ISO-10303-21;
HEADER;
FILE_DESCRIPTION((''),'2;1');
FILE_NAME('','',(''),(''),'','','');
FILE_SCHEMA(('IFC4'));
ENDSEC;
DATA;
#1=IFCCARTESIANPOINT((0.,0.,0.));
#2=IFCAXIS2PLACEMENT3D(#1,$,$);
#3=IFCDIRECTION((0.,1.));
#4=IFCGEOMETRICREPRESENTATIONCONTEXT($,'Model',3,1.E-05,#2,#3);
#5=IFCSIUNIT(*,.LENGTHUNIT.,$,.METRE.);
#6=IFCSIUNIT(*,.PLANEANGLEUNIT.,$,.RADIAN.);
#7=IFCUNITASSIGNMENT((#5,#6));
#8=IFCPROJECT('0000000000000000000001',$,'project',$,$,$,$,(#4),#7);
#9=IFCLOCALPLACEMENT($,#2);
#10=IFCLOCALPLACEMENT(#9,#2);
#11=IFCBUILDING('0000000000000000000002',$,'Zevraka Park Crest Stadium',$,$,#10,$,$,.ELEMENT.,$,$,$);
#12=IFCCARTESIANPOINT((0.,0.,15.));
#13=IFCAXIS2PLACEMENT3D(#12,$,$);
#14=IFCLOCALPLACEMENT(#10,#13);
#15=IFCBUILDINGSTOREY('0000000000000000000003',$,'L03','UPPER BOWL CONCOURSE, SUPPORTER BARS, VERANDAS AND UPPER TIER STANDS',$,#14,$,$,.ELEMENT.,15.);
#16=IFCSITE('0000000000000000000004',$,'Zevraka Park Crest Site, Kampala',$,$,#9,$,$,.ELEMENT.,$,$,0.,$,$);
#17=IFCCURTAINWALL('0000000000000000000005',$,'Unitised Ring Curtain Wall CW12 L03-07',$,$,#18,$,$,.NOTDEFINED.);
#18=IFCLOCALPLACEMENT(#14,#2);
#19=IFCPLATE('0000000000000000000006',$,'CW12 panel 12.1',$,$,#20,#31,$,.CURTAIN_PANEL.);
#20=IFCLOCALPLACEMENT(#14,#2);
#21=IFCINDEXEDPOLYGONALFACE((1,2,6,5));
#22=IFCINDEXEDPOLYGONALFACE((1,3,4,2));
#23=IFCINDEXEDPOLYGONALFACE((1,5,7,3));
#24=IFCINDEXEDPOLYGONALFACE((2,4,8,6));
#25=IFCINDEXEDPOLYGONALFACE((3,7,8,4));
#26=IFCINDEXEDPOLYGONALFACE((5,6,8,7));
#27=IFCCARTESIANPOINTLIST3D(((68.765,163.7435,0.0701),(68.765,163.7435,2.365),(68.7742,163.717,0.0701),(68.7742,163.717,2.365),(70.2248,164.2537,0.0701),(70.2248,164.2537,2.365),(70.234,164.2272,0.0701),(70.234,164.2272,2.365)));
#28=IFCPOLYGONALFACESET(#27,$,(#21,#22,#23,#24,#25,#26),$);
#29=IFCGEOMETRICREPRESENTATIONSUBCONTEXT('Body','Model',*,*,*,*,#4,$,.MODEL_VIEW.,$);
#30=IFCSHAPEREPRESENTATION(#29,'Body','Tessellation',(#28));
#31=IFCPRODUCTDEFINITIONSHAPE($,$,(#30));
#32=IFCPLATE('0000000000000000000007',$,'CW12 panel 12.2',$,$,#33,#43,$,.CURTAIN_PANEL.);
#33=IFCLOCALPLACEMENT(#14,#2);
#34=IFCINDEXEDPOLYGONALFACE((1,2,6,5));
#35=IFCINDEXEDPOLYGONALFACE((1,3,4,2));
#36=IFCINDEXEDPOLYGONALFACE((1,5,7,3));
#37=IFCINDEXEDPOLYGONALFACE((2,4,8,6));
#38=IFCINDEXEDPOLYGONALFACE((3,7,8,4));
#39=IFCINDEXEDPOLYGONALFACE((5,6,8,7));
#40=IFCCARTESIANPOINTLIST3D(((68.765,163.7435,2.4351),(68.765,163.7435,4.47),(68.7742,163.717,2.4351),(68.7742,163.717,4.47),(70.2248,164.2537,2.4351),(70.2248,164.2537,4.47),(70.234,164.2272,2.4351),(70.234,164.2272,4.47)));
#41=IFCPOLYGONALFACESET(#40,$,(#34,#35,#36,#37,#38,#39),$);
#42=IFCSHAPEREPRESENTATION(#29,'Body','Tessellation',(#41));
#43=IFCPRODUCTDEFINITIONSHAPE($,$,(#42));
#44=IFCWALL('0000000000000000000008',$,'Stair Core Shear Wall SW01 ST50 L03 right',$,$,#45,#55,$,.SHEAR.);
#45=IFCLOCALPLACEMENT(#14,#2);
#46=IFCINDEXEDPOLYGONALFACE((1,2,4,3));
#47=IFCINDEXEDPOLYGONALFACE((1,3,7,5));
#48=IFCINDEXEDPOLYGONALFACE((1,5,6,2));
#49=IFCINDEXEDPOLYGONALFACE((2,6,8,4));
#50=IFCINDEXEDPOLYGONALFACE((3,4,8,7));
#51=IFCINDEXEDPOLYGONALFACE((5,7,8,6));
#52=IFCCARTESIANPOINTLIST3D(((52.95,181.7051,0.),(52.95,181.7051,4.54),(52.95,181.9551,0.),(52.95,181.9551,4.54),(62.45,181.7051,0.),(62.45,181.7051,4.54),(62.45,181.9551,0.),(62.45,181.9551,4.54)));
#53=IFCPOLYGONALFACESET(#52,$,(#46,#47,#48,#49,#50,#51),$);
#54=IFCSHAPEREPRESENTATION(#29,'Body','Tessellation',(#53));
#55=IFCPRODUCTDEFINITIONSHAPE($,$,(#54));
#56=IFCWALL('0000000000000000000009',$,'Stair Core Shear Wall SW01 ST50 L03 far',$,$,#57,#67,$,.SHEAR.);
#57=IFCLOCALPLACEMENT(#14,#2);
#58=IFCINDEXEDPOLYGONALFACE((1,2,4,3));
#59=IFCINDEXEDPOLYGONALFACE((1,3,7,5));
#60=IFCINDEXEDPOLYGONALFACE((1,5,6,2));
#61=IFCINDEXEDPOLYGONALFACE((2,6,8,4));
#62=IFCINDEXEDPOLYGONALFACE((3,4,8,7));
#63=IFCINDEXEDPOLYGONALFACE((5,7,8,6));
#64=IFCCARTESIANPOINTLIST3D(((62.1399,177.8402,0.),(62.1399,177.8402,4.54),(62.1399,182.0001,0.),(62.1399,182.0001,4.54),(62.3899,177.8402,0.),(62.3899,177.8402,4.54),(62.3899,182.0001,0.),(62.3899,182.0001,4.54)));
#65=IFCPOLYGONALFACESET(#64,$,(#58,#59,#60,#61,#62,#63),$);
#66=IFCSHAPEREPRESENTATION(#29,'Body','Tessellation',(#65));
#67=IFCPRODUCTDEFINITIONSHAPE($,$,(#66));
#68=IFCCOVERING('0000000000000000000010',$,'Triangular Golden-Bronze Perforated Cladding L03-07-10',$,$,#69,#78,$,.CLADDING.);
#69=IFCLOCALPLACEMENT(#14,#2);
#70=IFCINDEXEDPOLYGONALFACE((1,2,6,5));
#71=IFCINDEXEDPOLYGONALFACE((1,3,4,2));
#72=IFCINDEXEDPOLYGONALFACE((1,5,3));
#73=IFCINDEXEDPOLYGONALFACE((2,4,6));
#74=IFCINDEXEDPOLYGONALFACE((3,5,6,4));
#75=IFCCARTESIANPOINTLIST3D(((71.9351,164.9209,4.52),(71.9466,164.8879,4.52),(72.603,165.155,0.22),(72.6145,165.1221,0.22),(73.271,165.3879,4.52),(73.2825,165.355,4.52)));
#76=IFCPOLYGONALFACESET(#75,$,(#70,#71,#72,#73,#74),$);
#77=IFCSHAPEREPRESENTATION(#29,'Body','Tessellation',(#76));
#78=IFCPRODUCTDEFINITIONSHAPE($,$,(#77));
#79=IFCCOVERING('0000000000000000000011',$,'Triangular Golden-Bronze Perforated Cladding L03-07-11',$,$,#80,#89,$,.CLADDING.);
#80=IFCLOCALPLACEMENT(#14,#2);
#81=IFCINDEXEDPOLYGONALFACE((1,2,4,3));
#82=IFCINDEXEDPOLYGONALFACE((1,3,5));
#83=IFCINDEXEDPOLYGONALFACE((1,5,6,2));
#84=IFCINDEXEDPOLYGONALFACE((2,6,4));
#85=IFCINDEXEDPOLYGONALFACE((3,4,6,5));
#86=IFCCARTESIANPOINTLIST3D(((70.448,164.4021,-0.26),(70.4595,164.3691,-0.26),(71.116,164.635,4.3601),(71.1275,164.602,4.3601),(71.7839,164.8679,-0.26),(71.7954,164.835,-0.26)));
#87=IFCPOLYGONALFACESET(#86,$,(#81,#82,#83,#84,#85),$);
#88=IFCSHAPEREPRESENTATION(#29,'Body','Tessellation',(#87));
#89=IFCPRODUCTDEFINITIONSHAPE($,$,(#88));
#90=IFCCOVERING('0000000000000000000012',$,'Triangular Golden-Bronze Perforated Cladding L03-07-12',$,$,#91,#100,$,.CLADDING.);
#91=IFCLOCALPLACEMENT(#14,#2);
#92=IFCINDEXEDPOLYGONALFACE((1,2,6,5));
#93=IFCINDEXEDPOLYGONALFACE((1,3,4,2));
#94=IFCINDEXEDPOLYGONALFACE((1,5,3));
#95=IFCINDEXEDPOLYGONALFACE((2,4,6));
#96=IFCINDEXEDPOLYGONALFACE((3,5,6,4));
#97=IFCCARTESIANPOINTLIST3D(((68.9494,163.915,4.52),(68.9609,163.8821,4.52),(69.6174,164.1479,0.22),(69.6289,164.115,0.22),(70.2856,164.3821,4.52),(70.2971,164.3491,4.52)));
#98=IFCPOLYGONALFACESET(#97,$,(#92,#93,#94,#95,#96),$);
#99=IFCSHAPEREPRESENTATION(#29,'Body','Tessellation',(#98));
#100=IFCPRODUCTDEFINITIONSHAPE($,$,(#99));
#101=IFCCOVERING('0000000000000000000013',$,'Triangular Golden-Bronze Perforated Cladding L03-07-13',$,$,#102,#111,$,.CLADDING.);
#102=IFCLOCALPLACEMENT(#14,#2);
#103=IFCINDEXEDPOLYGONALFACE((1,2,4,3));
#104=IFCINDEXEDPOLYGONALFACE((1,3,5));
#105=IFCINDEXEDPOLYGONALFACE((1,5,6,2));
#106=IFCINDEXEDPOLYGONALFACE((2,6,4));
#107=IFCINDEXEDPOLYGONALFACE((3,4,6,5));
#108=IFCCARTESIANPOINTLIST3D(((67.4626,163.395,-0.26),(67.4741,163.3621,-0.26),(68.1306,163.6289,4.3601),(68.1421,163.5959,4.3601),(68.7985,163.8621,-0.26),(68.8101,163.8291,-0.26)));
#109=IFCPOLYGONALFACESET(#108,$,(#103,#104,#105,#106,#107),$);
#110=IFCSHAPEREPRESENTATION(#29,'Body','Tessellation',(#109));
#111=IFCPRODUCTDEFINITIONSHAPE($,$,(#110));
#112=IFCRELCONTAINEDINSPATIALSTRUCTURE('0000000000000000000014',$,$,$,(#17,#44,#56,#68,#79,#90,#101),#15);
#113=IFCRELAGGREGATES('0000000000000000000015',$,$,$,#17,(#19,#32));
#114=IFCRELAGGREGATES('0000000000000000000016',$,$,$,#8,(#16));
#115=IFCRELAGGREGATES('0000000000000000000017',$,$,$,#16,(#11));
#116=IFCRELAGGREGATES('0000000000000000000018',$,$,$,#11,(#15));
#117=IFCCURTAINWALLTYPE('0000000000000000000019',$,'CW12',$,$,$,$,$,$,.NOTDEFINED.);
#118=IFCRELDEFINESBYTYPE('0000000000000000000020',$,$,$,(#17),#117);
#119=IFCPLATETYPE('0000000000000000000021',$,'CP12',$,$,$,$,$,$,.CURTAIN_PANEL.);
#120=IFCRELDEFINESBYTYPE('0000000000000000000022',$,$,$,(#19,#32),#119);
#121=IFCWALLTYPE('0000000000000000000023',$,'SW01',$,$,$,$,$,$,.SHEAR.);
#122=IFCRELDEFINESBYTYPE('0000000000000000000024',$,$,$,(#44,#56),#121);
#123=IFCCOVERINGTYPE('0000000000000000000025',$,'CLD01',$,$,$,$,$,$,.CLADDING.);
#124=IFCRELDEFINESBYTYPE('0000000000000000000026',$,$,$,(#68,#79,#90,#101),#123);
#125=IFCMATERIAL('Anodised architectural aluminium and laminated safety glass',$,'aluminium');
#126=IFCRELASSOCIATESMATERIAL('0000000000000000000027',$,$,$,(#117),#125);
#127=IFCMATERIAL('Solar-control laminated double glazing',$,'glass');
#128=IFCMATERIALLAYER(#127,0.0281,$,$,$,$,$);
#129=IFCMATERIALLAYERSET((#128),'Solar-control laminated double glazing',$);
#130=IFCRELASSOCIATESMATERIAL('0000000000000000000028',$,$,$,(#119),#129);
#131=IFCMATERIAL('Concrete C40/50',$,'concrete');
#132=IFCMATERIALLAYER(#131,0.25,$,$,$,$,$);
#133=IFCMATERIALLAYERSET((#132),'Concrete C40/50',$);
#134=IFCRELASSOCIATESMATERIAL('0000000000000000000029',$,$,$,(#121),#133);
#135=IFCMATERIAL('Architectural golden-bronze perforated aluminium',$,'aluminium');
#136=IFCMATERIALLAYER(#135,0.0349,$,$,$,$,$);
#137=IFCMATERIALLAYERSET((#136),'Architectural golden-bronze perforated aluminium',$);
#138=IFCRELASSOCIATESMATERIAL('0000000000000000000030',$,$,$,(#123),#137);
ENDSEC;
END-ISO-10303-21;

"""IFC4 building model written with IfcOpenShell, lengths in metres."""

from ifc_helpers import new_model, si_unit, direction, frame, frame_2d, origin, origin_2d, place, context, subcontext, project, spatial, polyline, rectangle, outline, extrude, material, layer, layer_set, type_object, element, aggregate, save


model = new_model("IFC4")

# Units and contexts
model_context = context("Model", 3, precision=1e-05, world=origin(), true_north=direction((0.0, 1.0)))
body_context = subcontext(model_context, "Body", "Model", "MODEL_VIEW")
ifc_project = project(units=[si_unit("LENGTHUNIT", "METRE"), si_unit("PLANEANGLEUNIT", "RADIAN")], contexts=[model_context])

# Site, building, storey
site_placement = place(None, origin())
site = spatial("IfcSite", under=ifc_project, at=site_placement, Name="Zevraka Park Crest Site, Kampala", CompositionType="ELEMENT", RefElevation=0.0)
building_placement = place(site_placement, origin())
building = spatial("IfcBuilding", under=site, at=building_placement, Name="Zevraka Park Crest Stadium", CompositionType="ELEMENT")
storey_placement = place(building_placement, frame((0.0, 0.0, 15.0)))
storey = spatial("IfcBuildingStorey", under=building, at=storey_placement, Name="L03", Description="UPPER BOWL CONCOURSE, SUPPORTER BARS, VERANDAS AND UPPER TIER STANDS", CompositionType="ELEMENT", Elevation=15.0)

# Curtain wall, plates
ifc_material_1 = material(Name="Anodised architectural aluminium and laminated safety glass", Category="aluminium")
curtain_wall_type = type_object("IfcCurtainWallType", Name="CW12", PredefinedType="NOTDEFINED", material=ifc_material_1)
curtain_wall_placement = place(storey_placement, origin())
curtain_wall = element("IfcCurtainWall", 1, at=curtain_wall_placement, inside=storey, type_object=curtain_wall_type, Name="Unitised Ring Curtain Wall CW12 L03-07", PredefinedType="NOTDEFINED")
ifc_material_2 = material(Name="Solar-control laminated double glazing", Category="glass")
ifc_layer_1 = layer(ifc_material_2, 0.0281)
ifc_layer_set_1 = layer_set([ifc_layer_1], Name="Solar-control laminated double glazing")
plate_type = type_object("IfcPlateType", Name="CP12", PredefinedType="CURTAIN_PANEL", material=ifc_layer_set_1)
plate_1_placement = place(storey_placement, frame((69.4995, 163.9854, 0.0701), z_axis=(0.0, 0.0, 1.0), x_axis=(-0.94401, -0.329917, 0.0)))
plate_1 = element("IfcPlate", 2, at=plate_1_placement, type_object=plate_type, Name="CW12 panel 12.1", PredefinedType="CURTAIN_PANEL", context=body_context, shape_type="SweptSolid", body=[
    extrude(rectangle(XDim=1.5464, YDim=0.0281, at=origin_2d()), origin(), (0.0, 0.0, 1.0), 2.2949),
])
plate_2_placement = place(storey_placement, frame((69.4995, 163.9854, 2.4351), z_axis=(0.0, 0.0, 1.0), x_axis=(-0.94401, -0.329917, 0.0)))
plate_2 = element("IfcPlate", 3, at=plate_2_placement, type_object=plate_type, Name="CW12 panel 12.2", PredefinedType="CURTAIN_PANEL", context=body_context, shape_type="SweptSolid", body=[
    extrude(rectangle(XDim=1.5464, YDim=0.0281, at=origin_2d()), origin(), (0.0, 0.0, 1.0), 2.0349),
])
aggregate(curtain_wall, [plate_1, plate_2])

# Walls
ifc_material_3 = material(Name="Concrete C40/50", Category="concrete")
ifc_layer_2 = layer(ifc_material_3, 0.25)
ifc_layer_set_2 = layer_set([ifc_layer_2], Name="Concrete C40/50")
wall_type = type_object("IfcWallType", Name="SW01", PredefinedType="SHEAR", material=ifc_layer_set_2)
wall_1_placement = place(storey_placement, frame((62.45, 181.8301, 0.0), z_axis=(0.0, 0.0, 1.0), x_axis=(-1.0, 0.0, 0.0)))
element("IfcWall", 4, at=wall_1_placement, inside=storey, type_object=wall_type, Name="Stair Core Shear Wall SW01 ST50 L03 right", PredefinedType="SHEAR", context=body_context, shape_type="SweptSolid", body=[
    extrude(rectangle(XDim=9.5, YDim=0.25, at=frame_2d((4.75, 0.0))), origin(), (0.0, 0.0, 1.0), 4.54),
])
wall_2_placement = place(storey_placement, frame((62.2649, 177.8401, 0.0), z_axis=(0.0, 0.0, 1.0), x_axis=(0.0, 1.0, 0.0)))
element("IfcWall", 5, at=wall_2_placement, inside=storey, type_object=wall_type, Name="Stair Core Shear Wall SW01 ST50 L03 far", PredefinedType="SHEAR", context=body_context, shape_type="SweptSolid", body=[
    extrude(rectangle(XDim=4.1599, YDim=0.25, at=frame_2d((2.0801, 0.0))), origin(), (0.0, 0.0, 1.0), 4.54),
])

# Coverings
ifc_material_4 = material(Name="Architectural golden-bronze perforated aluminium", Category="aluminium")
ifc_layer_3 = layer(ifc_material_4, 0.0349)
ifc_layer_set_3 = layer_set([ifc_layer_3], Name="Architectural golden-bronze perforated aluminium")
covering_type = type_object("IfcCoveringType", Name="CLD01", PredefinedType="CLADDING", material=ifc_layer_set_3)
covering_1_placement = place(storey_placement, frame((71.9351, 164.9209, 4.52), z_axis=(-0.330012, 0.943977, 0.000134), x_axis=(0.943977, 0.330012, 0.0)))
element("IfcCovering", 6, at=covering_1_placement, inside=storey, type_object=covering_type, Name="Triangular Golden-Bronze Perforated Cladding L03-07-10", PredefinedType="CLADDING", context=body_context, shape_type="SweptSolid", body=[
    extrude(outline(polyline([(0.0, 0.0), (1.4152, 0.0), (0.7078, 4.3), (0.0, 0.0)])), origin(), (0.0, 0.0, -1.0), 0.0349),
])
covering_2_placement = place(storey_placement, frame((71.7839, 164.8679, -0.26), z_axis=(-0.329243, 0.944245, 0.0), x_axis=(-0.944245, -0.329243, 0.0)))
element("IfcCovering", 7, at=covering_2_placement, inside=storey, type_object=covering_type, Name="Triangular Golden-Bronze Perforated Cladding L03-07-11", PredefinedType="CLADDING", context=body_context, shape_type="SweptSolid", body=[
    extrude(outline(polyline([(0.0, 0.0), (1.4148, 0.0), (0.7074, 4.6201), (0.0, 0.0)])), origin(), (0.0, 0.0, -1.0), 0.0349),
])
covering_3_placement = place(storey_placement, frame((68.9609, 163.8821, 4.52), z_axis=(0.329959, -0.943995, 0.000125), x_axis=(0.943995, 0.329959, 0.0)))
element("IfcCovering", 8, at=covering_3_placement, inside=storey, type_object=covering_type, Name="Triangular Golden-Bronze Perforated Cladding L03-07-12", PredefinedType="CLADDING", context=body_context, shape_type="SweptSolid", body=[
    extrude(outline(polyline([(0.0, 0.0), (1.4155, 0.0), (0.7074, -4.3), (0.0, 0.0)])), origin(), (0.0, 0.0, -1.0), 0.0349),
])
covering_4_placement = place(storey_placement, frame((68.8101, 163.8291, -0.26), z_axis=(0.330012, -0.943977, 0.000075), x_axis=(-0.943977, -0.330012, 0.0)))
element("IfcCovering", 9, at=covering_4_placement, inside=storey, type_object=covering_type, Name="Triangular Golden-Bronze Perforated Cladding L03-07-13", PredefinedType="CLADDING", context=body_context, shape_type="SweptSolid", body=[
    extrude(outline(polyline([(0.0, 0.0), (1.4152, 0.0), (0.7075, -4.6201), (0.0, 0.0)])), origin(), (0.0, 0.0, -1.0), 0.0349),
])

save(model, "model.ifc")
